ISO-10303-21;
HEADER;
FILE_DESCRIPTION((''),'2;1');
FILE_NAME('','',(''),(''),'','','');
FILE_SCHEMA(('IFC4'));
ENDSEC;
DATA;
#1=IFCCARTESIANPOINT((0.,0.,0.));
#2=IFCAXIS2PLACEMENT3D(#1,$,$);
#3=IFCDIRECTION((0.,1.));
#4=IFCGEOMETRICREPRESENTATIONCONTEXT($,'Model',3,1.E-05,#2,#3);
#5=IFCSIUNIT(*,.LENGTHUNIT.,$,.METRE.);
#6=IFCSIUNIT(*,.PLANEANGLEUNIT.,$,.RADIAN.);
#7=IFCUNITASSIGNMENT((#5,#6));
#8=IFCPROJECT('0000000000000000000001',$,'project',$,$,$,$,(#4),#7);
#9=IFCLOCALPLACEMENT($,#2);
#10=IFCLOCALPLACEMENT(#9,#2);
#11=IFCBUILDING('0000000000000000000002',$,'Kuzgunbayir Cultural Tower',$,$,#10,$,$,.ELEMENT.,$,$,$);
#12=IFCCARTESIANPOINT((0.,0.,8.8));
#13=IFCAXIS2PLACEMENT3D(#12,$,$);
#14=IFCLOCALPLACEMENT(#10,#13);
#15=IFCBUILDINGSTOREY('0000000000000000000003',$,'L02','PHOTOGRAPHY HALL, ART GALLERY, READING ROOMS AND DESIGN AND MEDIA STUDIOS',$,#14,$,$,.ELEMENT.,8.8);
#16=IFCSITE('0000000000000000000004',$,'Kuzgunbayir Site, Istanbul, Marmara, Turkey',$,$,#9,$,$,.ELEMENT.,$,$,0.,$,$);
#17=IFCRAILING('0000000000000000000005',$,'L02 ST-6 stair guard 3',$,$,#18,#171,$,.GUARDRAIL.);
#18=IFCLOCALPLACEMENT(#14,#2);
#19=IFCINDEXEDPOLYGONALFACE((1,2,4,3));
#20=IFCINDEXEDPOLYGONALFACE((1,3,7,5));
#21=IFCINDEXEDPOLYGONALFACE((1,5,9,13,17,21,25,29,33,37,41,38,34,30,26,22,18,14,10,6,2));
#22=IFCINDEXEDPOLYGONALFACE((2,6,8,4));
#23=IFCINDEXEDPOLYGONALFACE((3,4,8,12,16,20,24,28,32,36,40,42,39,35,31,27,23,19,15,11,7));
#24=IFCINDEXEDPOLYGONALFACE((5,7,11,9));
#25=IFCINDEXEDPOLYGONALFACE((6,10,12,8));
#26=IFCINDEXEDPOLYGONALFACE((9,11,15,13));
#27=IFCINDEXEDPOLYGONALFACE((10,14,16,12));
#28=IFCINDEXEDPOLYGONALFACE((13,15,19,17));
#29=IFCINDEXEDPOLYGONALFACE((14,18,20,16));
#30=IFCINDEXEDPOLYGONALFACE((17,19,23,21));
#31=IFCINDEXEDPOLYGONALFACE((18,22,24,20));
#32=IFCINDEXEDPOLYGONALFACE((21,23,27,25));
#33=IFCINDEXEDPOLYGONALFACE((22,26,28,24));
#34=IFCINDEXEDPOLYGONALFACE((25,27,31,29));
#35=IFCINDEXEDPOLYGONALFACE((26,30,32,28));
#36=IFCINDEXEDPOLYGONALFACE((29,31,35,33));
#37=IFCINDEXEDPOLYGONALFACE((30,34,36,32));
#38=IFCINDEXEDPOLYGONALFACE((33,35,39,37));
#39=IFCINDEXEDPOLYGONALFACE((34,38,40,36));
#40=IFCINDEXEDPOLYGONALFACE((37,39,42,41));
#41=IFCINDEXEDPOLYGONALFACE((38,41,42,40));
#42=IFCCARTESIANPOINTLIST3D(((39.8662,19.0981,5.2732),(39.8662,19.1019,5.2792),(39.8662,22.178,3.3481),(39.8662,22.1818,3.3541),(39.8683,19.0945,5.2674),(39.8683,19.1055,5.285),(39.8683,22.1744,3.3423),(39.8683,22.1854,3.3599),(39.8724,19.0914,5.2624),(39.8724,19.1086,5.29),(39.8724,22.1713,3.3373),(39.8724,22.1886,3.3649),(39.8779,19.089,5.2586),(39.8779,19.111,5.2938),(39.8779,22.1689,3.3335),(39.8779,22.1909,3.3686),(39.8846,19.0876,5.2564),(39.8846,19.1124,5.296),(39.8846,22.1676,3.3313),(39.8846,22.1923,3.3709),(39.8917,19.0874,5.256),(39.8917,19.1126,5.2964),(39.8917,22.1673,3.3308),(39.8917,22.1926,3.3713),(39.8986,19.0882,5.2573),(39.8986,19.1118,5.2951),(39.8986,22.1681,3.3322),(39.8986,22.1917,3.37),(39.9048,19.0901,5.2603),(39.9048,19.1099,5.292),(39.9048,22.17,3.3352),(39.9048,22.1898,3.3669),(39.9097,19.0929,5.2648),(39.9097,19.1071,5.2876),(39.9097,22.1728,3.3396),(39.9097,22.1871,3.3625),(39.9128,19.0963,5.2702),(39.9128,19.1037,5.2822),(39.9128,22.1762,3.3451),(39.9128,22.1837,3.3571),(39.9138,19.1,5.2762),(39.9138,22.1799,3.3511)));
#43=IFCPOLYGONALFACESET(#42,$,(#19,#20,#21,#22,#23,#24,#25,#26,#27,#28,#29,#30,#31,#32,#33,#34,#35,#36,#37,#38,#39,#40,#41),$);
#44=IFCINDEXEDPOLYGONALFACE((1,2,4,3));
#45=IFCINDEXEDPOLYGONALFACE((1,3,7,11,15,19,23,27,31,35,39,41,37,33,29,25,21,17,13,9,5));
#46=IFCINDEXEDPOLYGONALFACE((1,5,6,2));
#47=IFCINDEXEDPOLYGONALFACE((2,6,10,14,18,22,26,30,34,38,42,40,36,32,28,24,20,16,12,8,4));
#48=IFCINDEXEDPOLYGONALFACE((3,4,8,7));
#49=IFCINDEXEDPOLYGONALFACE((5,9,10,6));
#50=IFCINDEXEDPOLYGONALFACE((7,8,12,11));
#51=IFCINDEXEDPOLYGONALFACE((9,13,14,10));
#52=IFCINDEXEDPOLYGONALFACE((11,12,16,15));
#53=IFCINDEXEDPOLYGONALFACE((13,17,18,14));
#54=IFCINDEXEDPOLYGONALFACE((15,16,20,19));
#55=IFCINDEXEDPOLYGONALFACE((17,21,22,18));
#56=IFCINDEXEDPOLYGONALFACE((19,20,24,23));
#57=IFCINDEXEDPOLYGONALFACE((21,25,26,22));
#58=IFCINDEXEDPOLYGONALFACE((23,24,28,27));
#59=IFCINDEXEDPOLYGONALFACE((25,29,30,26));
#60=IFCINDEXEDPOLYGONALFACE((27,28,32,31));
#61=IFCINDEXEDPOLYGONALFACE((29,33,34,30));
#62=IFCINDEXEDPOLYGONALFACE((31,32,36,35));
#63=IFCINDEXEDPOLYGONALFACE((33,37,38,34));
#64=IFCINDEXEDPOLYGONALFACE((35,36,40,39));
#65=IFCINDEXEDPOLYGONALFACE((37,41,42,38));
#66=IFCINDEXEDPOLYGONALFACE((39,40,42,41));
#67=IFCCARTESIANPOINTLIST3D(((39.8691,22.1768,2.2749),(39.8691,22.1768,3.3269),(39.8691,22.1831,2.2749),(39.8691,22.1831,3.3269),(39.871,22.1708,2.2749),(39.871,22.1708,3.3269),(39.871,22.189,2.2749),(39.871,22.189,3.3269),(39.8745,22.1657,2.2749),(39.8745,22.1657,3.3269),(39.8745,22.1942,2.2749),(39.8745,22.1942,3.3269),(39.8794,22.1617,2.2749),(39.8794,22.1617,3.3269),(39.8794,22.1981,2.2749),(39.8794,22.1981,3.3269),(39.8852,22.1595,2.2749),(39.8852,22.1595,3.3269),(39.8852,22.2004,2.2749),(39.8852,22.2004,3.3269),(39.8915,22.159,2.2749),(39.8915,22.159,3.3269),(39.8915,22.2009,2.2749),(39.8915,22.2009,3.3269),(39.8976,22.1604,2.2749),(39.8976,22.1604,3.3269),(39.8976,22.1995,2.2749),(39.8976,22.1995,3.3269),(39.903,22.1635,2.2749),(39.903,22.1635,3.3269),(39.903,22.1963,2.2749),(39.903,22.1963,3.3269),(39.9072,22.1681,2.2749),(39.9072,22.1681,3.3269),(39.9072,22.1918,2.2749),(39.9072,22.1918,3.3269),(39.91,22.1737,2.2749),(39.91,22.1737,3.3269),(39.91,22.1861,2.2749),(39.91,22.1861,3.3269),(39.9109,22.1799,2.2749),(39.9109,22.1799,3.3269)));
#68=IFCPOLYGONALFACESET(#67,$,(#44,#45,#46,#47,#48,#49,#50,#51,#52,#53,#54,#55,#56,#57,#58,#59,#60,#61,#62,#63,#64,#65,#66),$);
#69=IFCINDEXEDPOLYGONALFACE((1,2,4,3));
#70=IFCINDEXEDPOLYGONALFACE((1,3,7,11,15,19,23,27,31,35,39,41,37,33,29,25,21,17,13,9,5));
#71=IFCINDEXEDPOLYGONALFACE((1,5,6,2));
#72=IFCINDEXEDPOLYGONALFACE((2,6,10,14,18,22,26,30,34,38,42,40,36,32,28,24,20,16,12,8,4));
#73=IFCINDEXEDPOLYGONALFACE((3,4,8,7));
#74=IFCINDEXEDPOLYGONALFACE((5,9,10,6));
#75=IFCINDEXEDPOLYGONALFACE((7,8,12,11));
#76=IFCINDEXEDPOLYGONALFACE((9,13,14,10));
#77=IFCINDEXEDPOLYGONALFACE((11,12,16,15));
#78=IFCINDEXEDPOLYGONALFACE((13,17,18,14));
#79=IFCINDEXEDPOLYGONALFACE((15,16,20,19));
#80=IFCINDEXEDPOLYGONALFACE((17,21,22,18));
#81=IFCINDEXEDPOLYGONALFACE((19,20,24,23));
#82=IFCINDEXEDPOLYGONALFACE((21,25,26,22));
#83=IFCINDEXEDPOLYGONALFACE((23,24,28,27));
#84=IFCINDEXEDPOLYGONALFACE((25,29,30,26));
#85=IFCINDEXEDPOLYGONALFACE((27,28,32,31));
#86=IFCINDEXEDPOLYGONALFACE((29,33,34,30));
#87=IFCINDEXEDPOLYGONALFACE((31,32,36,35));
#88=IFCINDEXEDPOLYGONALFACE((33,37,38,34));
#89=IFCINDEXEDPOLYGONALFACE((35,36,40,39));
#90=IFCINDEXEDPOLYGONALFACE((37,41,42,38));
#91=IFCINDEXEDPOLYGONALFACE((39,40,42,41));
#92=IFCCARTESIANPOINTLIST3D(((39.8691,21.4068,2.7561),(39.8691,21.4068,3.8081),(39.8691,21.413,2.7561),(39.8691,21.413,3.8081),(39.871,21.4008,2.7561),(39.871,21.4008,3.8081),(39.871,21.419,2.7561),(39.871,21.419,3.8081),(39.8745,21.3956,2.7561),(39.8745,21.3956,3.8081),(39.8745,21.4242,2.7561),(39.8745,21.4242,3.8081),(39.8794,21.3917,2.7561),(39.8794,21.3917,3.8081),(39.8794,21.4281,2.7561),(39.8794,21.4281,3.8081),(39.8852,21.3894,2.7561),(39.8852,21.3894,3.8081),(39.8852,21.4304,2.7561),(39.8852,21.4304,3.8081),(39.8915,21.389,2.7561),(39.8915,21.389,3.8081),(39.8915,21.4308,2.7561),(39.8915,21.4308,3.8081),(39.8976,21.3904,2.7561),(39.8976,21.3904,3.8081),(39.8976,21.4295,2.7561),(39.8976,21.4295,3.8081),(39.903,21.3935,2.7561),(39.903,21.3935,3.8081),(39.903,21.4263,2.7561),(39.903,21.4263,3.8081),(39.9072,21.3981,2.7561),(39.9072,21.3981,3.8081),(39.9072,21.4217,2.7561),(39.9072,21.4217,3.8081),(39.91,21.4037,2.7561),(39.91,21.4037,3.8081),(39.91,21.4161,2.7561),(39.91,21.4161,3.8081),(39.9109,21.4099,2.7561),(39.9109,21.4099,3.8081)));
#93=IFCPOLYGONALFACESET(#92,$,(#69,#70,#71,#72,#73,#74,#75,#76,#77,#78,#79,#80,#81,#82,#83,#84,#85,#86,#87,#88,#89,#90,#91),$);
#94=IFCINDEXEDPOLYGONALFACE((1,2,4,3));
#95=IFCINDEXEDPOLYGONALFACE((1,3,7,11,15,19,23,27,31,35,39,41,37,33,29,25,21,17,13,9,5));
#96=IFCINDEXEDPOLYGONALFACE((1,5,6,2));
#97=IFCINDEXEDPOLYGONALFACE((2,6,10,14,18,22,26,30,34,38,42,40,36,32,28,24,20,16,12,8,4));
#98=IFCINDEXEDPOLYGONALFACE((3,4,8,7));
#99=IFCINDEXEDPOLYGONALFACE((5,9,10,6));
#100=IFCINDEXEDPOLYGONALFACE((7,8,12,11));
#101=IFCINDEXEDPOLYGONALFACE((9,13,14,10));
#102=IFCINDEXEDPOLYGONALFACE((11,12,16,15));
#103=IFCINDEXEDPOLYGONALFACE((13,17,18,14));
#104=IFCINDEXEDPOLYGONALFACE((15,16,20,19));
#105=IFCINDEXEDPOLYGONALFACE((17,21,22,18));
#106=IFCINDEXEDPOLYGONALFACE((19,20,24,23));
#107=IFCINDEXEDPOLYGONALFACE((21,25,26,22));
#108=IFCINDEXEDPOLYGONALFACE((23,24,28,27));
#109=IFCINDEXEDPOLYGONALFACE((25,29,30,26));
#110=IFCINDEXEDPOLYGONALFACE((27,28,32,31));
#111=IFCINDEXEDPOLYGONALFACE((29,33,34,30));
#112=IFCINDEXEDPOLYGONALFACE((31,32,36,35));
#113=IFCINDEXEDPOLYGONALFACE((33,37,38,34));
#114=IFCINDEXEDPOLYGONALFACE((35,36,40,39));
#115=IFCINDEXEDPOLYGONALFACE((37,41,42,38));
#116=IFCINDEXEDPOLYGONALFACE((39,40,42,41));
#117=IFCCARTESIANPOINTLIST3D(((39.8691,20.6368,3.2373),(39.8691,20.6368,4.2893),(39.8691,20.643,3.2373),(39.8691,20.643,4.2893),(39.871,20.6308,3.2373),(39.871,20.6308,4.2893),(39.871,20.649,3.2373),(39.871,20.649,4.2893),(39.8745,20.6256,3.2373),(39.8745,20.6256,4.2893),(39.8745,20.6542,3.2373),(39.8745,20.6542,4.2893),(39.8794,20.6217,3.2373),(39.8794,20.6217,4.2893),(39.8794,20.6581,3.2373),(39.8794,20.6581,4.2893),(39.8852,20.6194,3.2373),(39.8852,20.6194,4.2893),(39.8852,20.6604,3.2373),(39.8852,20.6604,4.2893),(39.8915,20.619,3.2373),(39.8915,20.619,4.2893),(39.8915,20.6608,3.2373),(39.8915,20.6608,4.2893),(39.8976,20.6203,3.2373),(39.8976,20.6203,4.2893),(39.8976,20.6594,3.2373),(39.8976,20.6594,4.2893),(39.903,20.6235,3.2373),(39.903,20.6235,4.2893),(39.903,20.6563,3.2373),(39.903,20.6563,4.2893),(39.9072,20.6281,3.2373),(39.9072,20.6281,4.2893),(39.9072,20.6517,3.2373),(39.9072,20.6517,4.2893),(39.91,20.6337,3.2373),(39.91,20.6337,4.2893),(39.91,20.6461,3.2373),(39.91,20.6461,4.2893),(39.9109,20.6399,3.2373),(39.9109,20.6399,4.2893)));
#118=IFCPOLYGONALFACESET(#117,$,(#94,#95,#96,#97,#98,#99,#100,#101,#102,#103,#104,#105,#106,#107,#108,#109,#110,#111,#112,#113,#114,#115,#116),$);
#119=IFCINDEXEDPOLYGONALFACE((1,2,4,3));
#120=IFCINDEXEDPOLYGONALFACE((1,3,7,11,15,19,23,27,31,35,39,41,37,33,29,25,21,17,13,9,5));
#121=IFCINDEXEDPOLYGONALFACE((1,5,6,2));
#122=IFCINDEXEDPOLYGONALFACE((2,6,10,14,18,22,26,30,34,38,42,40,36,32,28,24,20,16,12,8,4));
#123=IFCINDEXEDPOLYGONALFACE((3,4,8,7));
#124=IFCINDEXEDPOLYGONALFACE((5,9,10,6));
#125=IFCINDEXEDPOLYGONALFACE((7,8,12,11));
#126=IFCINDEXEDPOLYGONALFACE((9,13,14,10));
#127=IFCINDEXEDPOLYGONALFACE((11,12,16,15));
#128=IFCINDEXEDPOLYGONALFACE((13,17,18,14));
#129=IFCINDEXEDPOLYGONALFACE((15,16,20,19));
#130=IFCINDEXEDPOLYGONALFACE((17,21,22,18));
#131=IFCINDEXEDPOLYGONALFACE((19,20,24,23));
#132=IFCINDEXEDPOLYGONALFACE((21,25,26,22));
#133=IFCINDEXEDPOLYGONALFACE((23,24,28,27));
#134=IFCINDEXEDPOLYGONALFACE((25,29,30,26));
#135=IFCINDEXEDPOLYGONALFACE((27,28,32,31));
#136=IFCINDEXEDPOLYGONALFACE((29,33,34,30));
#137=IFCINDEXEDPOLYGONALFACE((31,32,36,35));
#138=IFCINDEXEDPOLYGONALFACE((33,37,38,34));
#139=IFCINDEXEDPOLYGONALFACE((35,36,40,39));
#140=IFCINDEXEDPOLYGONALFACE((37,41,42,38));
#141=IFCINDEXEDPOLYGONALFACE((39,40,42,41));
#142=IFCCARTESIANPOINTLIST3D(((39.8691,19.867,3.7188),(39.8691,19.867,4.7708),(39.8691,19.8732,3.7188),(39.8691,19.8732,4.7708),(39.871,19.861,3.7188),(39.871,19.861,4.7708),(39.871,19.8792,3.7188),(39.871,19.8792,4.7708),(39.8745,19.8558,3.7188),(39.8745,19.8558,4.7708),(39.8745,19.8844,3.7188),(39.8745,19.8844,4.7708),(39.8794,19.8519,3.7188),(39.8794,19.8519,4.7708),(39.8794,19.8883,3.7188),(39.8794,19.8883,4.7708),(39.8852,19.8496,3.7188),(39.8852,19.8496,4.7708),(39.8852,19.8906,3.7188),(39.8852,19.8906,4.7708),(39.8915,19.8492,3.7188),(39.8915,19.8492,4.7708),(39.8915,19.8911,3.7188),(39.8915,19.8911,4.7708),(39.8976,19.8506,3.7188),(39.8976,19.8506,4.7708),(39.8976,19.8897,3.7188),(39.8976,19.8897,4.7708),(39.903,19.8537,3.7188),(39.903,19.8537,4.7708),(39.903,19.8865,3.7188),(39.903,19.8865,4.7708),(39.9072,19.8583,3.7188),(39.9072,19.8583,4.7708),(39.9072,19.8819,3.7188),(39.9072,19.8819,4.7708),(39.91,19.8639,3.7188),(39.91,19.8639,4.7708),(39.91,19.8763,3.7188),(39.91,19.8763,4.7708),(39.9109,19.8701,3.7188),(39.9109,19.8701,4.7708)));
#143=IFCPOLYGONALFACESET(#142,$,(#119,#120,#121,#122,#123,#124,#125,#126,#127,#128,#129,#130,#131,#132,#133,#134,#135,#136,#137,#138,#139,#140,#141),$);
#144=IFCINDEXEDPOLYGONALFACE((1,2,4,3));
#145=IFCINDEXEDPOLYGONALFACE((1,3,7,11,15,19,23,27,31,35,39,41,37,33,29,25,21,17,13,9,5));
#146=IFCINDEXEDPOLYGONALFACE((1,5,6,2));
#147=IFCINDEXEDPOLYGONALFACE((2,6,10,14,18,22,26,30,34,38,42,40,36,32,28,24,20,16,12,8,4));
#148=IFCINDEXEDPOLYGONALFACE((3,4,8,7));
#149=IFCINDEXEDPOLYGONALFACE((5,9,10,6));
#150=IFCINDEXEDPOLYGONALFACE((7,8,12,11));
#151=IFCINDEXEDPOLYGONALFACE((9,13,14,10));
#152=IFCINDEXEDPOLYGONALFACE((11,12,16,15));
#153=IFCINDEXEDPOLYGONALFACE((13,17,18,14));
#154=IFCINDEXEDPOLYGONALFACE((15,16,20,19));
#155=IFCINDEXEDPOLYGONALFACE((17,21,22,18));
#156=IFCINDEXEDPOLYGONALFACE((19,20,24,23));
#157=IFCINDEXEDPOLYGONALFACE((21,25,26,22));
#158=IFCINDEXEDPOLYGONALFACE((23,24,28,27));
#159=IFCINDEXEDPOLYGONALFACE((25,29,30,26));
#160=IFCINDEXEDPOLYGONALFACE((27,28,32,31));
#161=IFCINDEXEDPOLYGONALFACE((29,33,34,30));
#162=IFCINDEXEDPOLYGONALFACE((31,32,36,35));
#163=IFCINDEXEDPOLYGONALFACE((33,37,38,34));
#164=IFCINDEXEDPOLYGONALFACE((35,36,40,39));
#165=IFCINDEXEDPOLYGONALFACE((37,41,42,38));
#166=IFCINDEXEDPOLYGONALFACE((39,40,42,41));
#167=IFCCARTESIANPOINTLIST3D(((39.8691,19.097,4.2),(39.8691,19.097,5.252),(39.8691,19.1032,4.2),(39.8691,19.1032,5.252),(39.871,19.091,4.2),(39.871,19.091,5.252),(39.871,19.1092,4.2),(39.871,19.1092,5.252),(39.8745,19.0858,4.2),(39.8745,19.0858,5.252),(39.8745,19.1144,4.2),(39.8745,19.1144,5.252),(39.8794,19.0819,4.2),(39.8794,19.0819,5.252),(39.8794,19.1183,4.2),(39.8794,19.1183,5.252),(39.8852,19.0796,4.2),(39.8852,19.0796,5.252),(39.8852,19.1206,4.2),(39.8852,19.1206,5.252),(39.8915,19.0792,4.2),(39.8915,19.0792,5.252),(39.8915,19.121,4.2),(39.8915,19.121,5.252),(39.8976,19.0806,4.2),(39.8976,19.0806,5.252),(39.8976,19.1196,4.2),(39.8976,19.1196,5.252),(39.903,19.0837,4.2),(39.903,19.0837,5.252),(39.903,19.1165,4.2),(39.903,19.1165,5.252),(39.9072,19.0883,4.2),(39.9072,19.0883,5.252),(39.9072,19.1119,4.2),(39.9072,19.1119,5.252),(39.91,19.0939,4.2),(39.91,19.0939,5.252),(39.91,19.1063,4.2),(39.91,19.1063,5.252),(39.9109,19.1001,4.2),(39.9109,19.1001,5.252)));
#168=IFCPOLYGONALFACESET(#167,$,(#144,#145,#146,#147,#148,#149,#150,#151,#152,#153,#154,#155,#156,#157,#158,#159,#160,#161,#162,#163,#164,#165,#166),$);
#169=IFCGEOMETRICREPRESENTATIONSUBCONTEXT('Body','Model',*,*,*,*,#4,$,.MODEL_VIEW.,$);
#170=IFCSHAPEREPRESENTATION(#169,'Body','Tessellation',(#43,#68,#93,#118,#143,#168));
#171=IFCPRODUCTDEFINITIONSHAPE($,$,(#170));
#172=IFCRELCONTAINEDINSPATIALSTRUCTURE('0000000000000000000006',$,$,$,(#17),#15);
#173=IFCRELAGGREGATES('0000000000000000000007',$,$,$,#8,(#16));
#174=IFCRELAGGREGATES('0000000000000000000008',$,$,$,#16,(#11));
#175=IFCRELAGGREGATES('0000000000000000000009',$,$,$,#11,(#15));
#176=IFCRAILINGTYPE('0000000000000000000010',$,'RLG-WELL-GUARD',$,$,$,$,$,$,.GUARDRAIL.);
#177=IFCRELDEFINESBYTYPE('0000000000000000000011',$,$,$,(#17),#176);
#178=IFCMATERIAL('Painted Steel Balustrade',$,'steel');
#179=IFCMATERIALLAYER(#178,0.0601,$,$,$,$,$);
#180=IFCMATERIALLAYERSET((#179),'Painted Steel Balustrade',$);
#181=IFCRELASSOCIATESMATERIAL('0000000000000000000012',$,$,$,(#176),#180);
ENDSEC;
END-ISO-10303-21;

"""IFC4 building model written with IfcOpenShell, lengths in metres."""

from ifc_helpers import new_model, si_unit, direction, frame, origin, origin_2d, place, context, subcontext, project, spatial, circle, extrude, material, layer, layer_set, type_object, element, save


model = new_model("IFC4")

# Units and contexts
model_context = context("Model", 3, precision=1e-05, world=origin(), true_north=direction((0.0, 1.0)))
body_context = subcontext(model_context, "Body", "Model", "MODEL_VIEW")
ifc_project = project(units=[si_unit("LENGTHUNIT", "METRE"), si_unit("PLANEANGLEUNIT", "RADIAN")], contexts=[model_context])

# Site, building, storey
site_placement = place(None, origin())
site = spatial("IfcSite", under=ifc_project, at=site_placement, Name="Kuzgunbayir Site, Istanbul, Marmara, Turkey", CompositionType="ELEMENT", RefElevation=0.0)
building_placement = place(site_placement, origin())
building = spatial("IfcBuilding", under=site, at=building_placement, Name="Kuzgunbayir Cultural Tower", CompositionType="ELEMENT")
storey_placement = place(building_placement, frame((0.0, 0.0, 8.8)))
storey = spatial("IfcBuildingStorey", under=building, at=storey_placement, Name="L02", Description="PHOTOGRAPHY HALL, ART GALLERY, READING ROOMS AND DESIGN AND MEDIA STUDIOS", CompositionType="ELEMENT", Elevation=8.8)

# Railing
ifc_material_1 = material(Name="Painted Steel Balustrade", Category="steel")
ifc_layer_1 = layer(ifc_material_1, 0.0601)
ifc_layer_set_1 = layer_set([ifc_layer_1], Name="Painted Steel Balustrade")
railing_type_1 = type_object("IfcRailingType", Name="RLG-WELL-GUARD", PredefinedType="GUARDRAIL", material=ifc_layer_set_1)
railing_1_placement = place(storey_placement, frame((39.8899, 22.1799, 2.2749)))
element("IfcRailing", 1, at=railing_1_placement, inside=storey, type_object=railing_type_1, Name="L02 ST-6 stair guard 3", PredefinedType="GUARDRAIL", context=body_context, shape_type="SweptSolid", body=[
    extrude(circle(Radius=0.0239, at=origin_2d()), frame((0.0, 0.0, 1.0762), z_axis=(0.0, -0.847979, 0.530029), x_axis=(1.0, 0.0, 0.0)), (0.0, 0.0, 1.0), 3.6321),
    extrude(circle(Radius=0.021, at=origin_2d()), origin(), (0.0, 0.0, 1.0), 1.052),
    extrude(circle(Radius=0.021, at=origin_2d()), frame((0.0, -0.77, 0.4812)), (0.0, 0.0, 1.0), 1.052),
    extrude(circle(Radius=0.021, at=origin_2d()), frame((0.0, -1.54, 0.9624)), (0.0, 0.0, 1.0), 1.052),
    extrude(circle(Radius=0.021, at=origin_2d()), frame((0.0, -2.3098, 1.4438)), (0.0, 0.0, 1.0), 1.052),
    extrude(circle(Radius=0.021, at=origin_2d()), frame((0.0, -3.0798, 1.925)), (0.0, 0.0, 1.0), 1.052),
])

save(model, "model.ifc")
